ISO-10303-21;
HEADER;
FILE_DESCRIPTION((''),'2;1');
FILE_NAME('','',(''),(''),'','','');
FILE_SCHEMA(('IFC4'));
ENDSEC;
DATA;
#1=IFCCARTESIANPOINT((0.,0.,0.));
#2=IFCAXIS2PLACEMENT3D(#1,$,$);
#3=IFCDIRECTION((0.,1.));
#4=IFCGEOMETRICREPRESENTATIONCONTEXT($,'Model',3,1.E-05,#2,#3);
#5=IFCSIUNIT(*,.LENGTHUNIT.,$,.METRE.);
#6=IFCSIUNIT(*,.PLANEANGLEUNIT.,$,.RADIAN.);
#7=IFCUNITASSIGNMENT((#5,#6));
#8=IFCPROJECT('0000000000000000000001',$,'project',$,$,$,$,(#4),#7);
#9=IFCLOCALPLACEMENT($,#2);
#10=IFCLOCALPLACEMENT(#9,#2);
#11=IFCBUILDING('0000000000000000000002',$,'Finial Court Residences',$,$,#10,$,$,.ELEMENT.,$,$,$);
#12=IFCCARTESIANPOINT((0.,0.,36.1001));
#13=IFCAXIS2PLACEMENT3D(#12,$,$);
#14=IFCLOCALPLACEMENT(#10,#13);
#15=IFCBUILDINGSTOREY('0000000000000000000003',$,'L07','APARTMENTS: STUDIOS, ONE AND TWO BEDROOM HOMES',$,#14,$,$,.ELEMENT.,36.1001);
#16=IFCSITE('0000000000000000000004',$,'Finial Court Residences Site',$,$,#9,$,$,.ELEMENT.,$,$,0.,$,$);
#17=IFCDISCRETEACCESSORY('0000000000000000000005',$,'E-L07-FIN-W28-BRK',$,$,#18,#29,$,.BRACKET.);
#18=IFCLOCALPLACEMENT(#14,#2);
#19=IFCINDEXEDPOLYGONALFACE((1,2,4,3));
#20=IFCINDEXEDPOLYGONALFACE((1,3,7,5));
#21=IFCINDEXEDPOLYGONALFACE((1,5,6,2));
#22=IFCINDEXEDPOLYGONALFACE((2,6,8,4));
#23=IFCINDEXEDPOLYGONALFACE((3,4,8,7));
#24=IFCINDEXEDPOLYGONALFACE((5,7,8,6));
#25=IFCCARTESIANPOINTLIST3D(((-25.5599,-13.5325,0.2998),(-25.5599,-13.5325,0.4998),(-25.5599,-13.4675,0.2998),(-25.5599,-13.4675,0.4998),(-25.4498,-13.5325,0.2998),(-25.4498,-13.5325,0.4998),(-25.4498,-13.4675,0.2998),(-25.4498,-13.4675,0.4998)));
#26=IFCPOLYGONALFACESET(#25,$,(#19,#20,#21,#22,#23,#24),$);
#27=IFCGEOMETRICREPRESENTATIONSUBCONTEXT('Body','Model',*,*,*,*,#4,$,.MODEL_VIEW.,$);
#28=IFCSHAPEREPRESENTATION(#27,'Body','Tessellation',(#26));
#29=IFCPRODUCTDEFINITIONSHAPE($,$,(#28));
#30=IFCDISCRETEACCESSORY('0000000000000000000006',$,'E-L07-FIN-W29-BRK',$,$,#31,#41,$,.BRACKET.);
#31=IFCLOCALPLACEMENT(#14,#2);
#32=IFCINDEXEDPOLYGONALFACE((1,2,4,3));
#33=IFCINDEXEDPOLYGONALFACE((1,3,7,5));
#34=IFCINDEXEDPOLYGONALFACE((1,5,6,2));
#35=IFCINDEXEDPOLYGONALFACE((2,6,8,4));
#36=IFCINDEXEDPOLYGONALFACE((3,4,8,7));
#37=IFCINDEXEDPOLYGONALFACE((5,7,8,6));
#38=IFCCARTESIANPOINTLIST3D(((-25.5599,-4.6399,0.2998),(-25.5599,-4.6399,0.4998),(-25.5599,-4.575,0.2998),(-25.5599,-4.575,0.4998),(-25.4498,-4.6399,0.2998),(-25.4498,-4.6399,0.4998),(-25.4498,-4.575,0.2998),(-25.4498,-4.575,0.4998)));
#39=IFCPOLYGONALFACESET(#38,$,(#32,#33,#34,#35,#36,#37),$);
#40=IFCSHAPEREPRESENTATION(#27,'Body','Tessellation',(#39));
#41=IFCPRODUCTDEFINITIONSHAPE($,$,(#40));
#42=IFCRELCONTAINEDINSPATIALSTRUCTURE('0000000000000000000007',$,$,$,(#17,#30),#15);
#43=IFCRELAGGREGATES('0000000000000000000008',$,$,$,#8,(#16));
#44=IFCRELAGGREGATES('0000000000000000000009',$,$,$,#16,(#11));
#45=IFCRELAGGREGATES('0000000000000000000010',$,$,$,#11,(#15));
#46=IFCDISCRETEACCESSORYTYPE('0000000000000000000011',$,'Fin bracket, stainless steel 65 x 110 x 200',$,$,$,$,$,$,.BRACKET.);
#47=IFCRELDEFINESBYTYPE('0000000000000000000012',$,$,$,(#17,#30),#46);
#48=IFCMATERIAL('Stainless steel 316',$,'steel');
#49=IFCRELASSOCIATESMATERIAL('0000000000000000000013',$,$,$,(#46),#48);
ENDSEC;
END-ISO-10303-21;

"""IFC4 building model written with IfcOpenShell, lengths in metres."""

from ifc_helpers import new_model, si_unit, direction, frame, origin, origin_2d, place, context, subcontext, project, spatial, rectangle, extrude, material, type_object, element, save


model = new_model("IFC4")

# Units and contexts
model_context = context("Model", 3, precision=1e-05, world=origin(), true_north=direction((0.0, 1.0)))
body_context = subcontext(model_context, "Body", "Model", "MODEL_VIEW")
ifc_project = project(units=[si_unit("LENGTHUNIT", "METRE"), si_unit("PLANEANGLEUNIT", "RADIAN")], contexts=[model_context])

# Site, building, storey
site_placement = place(None, origin())
site = spatial("IfcSite", under=ifc_project, at=site_placement, Name="Finial Court Residences Site", CompositionType="ELEMENT", RefElevation=0.0)
building_placement = place(site_placement, origin())
building = spatial("IfcBuilding", under=site, at=building_placement, Name="Finial Court Residences", CompositionType="ELEMENT")
storey_placement = place(building_placement, frame((0.0, 0.0, 36.1001)))
storey = spatial("IfcBuildingStorey", under=building, at=storey_placement, Name="L07", Description="APARTMENTS: STUDIOS, ONE AND TWO BEDROOM HOMES", CompositionType="ELEMENT", Elevation=36.1001)

# Discrete accessories
ifc_material_1 = material(Name="Stainless steel 316", Category="steel")
discrete_accessory_type = type_object("IfcDiscreteAccessoryType", Name="Fin bracket, stainless steel 65 x 110 x 200", PredefinedType="BRACKET", material=ifc_material_1)
for number, where, z_axis, x_axis, name in (
    (1, (-25.5049, -13.5, 0.2998), (0.0, 0.0, 1.0), (1.0, 0.0, 0.0), "E-L07-FIN-W28-BRK"),
    (2, (-25.5049, -4.6074, 0.2998), (0.0, 0.0, 1.0), (1.0, 0.0, 0.0), "E-L07-FIN-W29-BRK"),
):
    element("IfcDiscreteAccessory", number, at=place(storey_placement, frame(where, z_axis=z_axis, x_axis=x_axis)), inside=storey, type_object=discrete_accessory_type, Name=name, PredefinedType="BRACKET", context=body_context, shape_type="SweptSolid", body=[
        extrude(rectangle(XDim=0.1101, YDim=0.0649, at=origin_2d()), origin(), (0.0, 0.0, 1.0), 0.2),
    ])

save(model, "model.ifc")
